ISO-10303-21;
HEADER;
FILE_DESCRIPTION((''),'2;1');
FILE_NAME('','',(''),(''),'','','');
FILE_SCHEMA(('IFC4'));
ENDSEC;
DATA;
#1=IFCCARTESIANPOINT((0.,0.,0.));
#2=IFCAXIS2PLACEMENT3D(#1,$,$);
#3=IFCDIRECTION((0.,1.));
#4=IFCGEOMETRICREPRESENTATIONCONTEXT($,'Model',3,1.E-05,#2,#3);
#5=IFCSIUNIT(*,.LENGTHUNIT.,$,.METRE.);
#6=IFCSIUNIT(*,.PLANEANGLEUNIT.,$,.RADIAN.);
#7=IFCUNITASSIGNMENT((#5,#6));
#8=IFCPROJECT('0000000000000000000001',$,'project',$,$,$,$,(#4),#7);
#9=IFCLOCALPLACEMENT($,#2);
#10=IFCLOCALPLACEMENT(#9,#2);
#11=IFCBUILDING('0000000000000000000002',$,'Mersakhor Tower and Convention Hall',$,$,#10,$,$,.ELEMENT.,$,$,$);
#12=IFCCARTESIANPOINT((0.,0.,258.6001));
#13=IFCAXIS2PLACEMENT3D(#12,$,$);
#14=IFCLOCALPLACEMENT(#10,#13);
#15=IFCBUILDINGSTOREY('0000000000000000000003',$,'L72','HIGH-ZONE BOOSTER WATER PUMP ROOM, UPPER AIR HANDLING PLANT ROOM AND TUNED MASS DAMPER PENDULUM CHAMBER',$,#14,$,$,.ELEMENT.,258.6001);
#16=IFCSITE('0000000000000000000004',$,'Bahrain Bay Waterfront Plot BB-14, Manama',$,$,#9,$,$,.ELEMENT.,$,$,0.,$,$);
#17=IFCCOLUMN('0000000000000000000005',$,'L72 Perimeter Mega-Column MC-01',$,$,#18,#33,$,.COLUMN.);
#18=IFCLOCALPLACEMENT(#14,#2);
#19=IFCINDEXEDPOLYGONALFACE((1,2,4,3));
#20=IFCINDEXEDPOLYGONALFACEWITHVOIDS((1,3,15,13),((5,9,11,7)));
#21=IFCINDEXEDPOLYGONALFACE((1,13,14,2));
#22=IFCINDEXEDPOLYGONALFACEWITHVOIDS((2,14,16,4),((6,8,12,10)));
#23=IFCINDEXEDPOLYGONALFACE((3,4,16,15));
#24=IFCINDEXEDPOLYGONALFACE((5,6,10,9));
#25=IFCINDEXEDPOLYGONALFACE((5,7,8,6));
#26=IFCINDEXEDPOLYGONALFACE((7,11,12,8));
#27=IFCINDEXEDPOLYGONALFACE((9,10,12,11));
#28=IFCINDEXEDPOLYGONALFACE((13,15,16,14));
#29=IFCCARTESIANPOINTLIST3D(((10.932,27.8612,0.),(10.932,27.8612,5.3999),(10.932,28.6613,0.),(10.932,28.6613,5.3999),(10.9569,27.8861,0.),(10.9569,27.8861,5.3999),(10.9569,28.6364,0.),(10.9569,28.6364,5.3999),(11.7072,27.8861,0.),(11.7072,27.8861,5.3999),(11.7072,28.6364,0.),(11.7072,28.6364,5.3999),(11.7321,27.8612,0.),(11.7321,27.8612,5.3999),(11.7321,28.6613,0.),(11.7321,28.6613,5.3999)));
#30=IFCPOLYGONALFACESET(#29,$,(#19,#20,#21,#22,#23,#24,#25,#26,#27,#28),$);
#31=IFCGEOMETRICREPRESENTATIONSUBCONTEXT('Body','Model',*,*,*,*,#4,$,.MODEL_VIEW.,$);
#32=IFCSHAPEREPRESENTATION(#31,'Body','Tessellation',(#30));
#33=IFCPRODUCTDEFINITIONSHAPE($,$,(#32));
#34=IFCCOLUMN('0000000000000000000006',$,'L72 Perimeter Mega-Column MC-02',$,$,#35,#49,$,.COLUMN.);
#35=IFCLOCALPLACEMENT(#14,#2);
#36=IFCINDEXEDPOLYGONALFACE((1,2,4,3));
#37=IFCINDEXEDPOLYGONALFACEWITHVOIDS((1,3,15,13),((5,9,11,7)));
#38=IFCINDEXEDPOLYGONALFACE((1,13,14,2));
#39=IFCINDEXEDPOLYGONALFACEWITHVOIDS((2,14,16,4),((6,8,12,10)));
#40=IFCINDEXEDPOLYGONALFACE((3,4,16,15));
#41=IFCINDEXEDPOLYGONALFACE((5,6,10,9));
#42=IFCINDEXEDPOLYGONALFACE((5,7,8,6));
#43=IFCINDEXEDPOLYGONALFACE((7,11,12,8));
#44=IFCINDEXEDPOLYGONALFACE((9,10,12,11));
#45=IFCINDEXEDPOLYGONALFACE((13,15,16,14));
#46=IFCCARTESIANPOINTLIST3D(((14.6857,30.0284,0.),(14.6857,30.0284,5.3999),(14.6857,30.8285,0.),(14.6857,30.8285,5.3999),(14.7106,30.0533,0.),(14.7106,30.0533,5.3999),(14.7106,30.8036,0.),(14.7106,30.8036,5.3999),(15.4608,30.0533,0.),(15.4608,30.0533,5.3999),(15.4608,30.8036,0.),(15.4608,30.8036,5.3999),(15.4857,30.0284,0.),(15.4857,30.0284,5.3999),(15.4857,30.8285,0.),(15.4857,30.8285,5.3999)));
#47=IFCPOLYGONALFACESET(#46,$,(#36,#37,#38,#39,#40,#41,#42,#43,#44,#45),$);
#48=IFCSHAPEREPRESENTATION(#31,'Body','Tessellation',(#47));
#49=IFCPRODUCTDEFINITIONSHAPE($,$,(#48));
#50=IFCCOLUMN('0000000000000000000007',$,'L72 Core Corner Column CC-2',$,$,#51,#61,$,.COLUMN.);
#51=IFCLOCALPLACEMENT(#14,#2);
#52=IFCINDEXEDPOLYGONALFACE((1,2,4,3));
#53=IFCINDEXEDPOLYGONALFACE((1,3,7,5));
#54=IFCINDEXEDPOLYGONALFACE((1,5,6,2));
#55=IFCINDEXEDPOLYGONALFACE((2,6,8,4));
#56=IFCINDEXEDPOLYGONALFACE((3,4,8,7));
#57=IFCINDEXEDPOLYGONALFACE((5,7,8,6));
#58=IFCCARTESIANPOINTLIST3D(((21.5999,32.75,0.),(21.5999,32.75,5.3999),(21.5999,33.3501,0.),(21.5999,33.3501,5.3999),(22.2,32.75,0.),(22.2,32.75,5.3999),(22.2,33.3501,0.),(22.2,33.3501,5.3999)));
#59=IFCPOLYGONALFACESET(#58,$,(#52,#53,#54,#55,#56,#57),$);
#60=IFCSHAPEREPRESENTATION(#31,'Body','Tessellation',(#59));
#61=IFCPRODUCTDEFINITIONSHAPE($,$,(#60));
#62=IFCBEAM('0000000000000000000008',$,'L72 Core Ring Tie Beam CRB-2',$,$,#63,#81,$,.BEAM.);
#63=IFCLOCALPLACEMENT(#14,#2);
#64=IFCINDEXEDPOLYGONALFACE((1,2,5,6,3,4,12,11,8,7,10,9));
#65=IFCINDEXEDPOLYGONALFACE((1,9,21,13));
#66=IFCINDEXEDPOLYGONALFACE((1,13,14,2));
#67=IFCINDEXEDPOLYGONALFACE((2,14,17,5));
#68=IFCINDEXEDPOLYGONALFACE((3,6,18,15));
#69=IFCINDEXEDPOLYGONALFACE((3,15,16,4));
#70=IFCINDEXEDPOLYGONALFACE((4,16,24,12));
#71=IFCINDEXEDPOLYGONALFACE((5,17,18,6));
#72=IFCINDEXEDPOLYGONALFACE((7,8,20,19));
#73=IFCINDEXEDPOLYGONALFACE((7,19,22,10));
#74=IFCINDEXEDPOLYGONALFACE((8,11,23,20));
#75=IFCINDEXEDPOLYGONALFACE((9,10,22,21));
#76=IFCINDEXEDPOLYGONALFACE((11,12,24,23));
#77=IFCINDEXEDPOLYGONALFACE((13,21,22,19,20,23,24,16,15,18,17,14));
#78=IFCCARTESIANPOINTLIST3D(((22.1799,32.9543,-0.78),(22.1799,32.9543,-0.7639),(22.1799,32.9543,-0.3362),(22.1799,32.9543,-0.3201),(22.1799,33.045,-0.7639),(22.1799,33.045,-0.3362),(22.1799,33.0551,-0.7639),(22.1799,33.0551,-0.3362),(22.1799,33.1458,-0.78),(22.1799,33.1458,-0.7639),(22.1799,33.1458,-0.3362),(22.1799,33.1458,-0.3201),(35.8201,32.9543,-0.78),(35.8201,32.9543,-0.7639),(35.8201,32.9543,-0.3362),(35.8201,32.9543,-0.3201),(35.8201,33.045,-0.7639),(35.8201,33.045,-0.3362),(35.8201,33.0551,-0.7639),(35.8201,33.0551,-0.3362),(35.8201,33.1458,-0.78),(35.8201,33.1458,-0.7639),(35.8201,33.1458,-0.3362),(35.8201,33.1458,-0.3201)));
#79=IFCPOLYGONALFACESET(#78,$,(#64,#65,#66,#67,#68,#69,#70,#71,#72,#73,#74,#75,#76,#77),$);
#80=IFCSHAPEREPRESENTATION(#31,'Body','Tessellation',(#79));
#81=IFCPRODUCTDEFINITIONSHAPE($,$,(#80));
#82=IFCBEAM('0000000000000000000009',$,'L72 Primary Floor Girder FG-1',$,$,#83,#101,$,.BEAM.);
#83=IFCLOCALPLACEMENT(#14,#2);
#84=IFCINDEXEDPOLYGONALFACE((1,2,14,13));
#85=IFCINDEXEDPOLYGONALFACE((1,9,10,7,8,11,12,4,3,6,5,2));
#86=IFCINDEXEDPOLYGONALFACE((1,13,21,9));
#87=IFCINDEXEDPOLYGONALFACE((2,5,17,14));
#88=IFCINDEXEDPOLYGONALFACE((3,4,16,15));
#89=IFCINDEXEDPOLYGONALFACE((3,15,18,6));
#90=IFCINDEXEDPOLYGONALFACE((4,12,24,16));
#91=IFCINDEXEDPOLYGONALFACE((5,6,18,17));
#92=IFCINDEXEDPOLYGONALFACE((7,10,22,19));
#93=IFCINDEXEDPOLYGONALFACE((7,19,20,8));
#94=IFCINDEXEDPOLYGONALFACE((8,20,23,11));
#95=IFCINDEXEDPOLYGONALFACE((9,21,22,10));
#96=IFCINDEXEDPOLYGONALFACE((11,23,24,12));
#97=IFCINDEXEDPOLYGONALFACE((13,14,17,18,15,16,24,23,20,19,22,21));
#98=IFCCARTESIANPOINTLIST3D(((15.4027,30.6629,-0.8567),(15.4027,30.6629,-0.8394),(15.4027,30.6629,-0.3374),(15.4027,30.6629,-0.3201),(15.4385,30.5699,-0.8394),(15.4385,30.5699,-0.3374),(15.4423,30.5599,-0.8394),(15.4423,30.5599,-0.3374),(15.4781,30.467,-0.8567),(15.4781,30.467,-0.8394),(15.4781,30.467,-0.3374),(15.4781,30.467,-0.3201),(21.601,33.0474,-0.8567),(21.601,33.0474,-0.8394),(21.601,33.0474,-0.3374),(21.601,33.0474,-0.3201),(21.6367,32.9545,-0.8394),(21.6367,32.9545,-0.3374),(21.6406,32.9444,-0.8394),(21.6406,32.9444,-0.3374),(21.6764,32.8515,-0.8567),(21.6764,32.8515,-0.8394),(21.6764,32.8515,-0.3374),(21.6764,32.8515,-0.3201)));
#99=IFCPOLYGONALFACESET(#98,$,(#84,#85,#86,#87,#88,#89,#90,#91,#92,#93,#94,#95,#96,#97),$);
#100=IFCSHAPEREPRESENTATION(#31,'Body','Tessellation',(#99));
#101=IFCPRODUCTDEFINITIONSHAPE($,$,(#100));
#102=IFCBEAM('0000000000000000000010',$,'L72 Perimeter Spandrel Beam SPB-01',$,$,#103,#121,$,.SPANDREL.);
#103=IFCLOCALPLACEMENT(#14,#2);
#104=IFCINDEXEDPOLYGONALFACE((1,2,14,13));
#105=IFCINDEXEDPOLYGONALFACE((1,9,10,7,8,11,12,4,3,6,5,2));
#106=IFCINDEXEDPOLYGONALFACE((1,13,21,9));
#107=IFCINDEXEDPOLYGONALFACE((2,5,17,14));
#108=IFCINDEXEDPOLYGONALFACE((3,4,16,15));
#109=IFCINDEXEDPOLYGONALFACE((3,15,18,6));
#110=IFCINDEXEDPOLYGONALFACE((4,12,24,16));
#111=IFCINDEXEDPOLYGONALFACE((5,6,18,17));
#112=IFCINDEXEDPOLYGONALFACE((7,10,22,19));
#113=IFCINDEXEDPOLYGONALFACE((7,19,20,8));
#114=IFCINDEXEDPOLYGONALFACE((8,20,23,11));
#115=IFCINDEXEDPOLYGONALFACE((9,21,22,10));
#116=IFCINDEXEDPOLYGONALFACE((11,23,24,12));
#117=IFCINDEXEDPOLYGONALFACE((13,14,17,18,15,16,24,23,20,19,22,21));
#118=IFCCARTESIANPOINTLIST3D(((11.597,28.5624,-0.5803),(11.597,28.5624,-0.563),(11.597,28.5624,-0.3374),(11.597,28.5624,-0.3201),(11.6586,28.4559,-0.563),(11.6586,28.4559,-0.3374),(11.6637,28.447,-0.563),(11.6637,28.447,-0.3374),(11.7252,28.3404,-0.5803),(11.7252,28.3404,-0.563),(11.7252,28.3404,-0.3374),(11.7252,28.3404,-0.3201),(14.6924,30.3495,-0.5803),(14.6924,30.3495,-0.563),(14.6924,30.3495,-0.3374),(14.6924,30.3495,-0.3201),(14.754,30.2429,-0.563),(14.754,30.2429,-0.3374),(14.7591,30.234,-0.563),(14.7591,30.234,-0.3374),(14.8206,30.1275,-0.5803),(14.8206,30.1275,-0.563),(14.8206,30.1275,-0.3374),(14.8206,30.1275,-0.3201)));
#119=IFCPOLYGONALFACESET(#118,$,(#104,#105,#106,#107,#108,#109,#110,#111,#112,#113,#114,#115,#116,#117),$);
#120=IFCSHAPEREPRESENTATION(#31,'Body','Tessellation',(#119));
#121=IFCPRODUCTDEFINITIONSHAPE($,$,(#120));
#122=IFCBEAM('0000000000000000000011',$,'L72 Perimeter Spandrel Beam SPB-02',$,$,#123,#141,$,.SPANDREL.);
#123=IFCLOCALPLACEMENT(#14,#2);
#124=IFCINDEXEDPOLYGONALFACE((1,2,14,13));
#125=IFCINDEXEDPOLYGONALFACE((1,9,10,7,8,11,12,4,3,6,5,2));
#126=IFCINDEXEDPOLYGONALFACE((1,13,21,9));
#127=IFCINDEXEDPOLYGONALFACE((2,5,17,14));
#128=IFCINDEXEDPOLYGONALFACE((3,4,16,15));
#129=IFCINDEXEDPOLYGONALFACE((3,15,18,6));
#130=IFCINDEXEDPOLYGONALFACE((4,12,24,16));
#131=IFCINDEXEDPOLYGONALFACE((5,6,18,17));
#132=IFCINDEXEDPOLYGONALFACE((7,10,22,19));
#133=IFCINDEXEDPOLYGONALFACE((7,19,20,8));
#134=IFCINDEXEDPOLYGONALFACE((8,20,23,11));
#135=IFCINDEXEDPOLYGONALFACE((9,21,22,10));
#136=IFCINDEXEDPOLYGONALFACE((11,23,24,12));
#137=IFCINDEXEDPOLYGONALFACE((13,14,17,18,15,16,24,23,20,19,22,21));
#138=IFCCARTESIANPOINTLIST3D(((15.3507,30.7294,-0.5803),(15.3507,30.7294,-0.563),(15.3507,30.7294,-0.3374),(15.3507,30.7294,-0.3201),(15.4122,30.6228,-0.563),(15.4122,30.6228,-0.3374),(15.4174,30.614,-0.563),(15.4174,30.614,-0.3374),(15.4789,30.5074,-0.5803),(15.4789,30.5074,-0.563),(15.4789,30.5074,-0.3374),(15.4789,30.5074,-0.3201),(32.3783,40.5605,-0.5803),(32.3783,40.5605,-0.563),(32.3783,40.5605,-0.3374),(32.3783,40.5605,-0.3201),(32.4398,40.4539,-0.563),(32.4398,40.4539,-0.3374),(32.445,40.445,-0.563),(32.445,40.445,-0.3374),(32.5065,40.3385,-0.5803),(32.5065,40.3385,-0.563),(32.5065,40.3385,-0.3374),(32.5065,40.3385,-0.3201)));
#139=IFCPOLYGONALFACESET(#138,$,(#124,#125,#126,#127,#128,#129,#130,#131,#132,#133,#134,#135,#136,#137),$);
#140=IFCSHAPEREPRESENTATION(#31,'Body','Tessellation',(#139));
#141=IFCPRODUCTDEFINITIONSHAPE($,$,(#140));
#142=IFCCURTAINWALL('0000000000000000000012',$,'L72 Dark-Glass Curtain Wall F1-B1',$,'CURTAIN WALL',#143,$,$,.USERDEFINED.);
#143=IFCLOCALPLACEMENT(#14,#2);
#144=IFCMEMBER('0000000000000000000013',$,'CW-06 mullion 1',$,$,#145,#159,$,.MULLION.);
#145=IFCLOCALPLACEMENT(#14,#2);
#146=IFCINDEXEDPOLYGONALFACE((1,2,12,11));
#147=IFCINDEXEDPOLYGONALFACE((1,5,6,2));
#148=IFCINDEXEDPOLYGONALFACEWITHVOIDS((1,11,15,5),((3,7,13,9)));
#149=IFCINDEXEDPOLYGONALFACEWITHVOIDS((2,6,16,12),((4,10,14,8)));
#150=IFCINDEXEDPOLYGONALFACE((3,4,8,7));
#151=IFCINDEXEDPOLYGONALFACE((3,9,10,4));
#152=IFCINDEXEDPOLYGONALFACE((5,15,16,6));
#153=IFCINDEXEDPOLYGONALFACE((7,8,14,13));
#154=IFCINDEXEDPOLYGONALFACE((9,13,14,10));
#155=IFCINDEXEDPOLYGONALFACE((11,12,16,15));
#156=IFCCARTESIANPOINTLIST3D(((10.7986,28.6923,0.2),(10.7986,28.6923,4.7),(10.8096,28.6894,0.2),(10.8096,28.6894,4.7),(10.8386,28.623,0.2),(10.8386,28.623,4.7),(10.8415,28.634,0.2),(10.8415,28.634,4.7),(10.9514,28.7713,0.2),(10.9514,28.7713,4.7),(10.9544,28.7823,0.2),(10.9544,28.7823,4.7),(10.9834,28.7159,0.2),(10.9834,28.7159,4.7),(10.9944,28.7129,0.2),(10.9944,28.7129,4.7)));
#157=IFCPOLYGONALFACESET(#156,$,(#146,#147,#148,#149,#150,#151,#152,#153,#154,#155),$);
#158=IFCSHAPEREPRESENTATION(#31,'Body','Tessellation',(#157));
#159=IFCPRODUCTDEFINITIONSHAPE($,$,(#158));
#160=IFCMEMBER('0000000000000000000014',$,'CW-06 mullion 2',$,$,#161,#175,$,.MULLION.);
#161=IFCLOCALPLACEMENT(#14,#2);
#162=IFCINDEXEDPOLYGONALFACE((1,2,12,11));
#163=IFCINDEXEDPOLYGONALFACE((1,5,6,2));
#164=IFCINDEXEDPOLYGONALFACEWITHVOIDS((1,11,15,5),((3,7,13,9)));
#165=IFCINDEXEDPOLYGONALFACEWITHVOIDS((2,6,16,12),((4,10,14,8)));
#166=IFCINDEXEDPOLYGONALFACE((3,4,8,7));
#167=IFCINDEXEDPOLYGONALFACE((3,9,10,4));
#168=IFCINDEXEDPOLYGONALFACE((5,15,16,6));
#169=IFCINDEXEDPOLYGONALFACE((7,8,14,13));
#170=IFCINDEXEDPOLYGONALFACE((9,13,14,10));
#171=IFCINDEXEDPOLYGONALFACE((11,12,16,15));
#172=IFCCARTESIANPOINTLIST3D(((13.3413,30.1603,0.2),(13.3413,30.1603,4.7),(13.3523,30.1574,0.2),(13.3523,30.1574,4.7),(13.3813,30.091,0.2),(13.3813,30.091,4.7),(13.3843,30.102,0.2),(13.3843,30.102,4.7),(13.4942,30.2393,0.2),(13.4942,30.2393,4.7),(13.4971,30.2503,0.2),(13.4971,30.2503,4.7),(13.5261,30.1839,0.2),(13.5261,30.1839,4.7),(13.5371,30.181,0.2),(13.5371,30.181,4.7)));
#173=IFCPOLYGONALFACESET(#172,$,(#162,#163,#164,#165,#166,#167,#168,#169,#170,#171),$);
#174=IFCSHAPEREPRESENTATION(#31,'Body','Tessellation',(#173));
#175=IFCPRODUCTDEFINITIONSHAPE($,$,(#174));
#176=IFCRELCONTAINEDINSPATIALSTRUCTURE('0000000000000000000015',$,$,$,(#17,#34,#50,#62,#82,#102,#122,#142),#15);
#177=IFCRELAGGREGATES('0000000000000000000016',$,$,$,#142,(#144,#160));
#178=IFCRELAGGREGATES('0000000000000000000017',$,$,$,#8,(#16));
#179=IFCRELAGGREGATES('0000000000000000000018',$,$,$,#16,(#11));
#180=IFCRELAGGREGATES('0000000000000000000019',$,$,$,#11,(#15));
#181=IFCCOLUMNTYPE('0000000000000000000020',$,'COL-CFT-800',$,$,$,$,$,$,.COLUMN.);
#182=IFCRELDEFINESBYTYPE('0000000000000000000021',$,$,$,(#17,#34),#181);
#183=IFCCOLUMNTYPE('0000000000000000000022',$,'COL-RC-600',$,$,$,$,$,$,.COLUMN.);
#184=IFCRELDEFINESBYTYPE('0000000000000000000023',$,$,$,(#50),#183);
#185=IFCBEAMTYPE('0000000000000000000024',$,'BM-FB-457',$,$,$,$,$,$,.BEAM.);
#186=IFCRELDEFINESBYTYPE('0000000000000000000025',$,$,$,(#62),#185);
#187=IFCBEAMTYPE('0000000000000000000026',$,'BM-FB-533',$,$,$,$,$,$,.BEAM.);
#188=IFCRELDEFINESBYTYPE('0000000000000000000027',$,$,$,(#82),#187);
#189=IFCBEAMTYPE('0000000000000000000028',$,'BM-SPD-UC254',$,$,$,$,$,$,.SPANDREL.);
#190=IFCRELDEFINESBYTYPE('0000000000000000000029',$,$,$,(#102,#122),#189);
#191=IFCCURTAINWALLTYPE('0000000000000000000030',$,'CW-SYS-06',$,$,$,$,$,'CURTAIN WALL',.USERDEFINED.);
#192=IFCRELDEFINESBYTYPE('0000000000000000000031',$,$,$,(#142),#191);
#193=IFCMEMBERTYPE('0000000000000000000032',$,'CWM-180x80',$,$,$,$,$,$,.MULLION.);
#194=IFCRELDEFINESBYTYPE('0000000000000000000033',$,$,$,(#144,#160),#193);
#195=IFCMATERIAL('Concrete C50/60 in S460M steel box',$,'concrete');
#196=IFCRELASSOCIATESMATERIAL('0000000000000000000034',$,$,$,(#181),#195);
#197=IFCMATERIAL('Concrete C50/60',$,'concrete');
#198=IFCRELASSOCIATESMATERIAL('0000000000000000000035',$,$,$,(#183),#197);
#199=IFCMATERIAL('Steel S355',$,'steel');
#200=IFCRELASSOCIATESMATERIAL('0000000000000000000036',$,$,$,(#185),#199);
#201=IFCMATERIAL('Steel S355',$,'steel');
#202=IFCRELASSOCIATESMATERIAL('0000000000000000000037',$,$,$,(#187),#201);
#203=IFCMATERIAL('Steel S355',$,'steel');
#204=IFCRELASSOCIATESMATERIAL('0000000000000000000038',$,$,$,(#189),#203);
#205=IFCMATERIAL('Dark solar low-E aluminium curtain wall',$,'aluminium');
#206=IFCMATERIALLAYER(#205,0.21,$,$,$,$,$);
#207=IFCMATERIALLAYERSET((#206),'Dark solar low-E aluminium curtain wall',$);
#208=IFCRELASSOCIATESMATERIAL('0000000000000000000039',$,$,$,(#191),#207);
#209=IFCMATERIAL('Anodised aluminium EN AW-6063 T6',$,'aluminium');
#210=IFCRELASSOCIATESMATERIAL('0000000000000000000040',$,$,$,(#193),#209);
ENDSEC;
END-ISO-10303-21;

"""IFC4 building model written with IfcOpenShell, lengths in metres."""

from ifc_helpers import new_model, si_unit, direction, frame, origin, origin_2d, place, context, subcontext, project, spatial, rectangle, hollow_rectangle, i_section, extrude, material, layer, layer_set, material_profile, profile_set, type_object, element, aggregate, save


model = new_model("IFC4")

# Units and contexts
model_context = context("Model", 3, precision=1e-05, world=origin(), true_north=direction((0.0, 1.0)))
body_context = subcontext(model_context, "Body", "Model", "MODEL_VIEW")
ifc_project = project(units=[si_unit("LENGTHUNIT", "METRE"), si_unit("PLANEANGLEUNIT", "RADIAN")], contexts=[model_context])

# Site, building, storey
site_placement = place(None, origin())
site = spatial("IfcSite", under=ifc_project, at=site_placement, Name="Bahrain Bay Waterfront Plot BB-14, Manama", CompositionType="ELEMENT", RefElevation=0.0)
building_placement = place(site_placement, origin())
building = spatial("IfcBuilding", under=site, at=building_placement, Name="Mersakhor Tower and Convention Hall", CompositionType="ELEMENT")
storey_placement = place(building_placement, frame((0.0, 0.0, 258.6001)))
storey = spatial("IfcBuildingStorey", under=building, at=storey_placement, Name="L72", Description="HIGH-ZONE BOOSTER WATER PUMP ROOM, UPPER AIR HANDLING PLANT ROOM AND TUNED MASS DAMPER PENDULUM CHAMBER", CompositionType="ELEMENT", Elevation=258.6001)

# Columns
ifc_material_1 = material(Name="Concrete C50/60 in S460M steel box", Category="concrete")
ifc_material_profile_1 = material_profile(ifc_material_1, hollow_rectangle(XDim=0.8, YDim=0.8, WallThickness=0.0249, at=origin_2d()), Name="SHS 800x800x25")
ifc_profile_set_1 = profile_set([ifc_material_profile_1], Name="Concrete C50/60 in S460M steel box")
column_type_1 = type_object("IfcColumnType", Name="COL-CFT-800", PredefinedType="COLUMN", material=ifc_profile_set_1)
for number, where, z_axis, x_axis, name in (
    (1, (11.332, 28.2612, 0.0), (0.0, 0.0, 1.0), (1.0, 0.0, 0.0), "L72 Perimeter Mega-Column MC-01"),
    (2, (15.0857, 30.4285, 0.0), (0.0, 0.0, 1.0), (1.0, 0.0, 0.0), "L72 Perimeter Mega-Column MC-02"),
):
    element("IfcColumn", number, at=place(storey_placement, frame(where, z_axis=z_axis, x_axis=x_axis)), inside=storey, type_object=column_type_1, Name=name, PredefinedType="COLUMN", context=body_context, shape_type="SweptSolid", body=[
        extrude(hollow_rectangle(XDim=0.8, YDim=0.8, WallThickness=0.0249, at=origin_2d()), origin(), (0.0, 0.0, 1.0), 5.3999),
    ])
ifc_material_2 = material(Name="Concrete C50/60", Category="concrete")
ifc_material_profile_2 = material_profile(ifc_material_2, rectangle(XDim=0.6001, YDim=0.6001, at=origin_2d()), Name="RC 600x600")
ifc_profile_set_2 = profile_set([ifc_material_profile_2], Name="Concrete C50/60")
column_type_2 = type_object("IfcColumnType", Name="COL-RC-600", PredefinedType="COLUMN", material=ifc_profile_set_2)
column_placement = place(storey_placement, frame((21.8999, 33.05, 0.0), z_axis=(0.0, 0.0, 1.0), x_axis=(1.0, 0.0, 0.0)))
element("IfcColumn", 3, at=column_placement, inside=storey, type_object=column_type_2, Name="L72 Core Corner Column CC-2", PredefinedType="COLUMN", context=body_context, shape_type="SweptSolid", body=[
    extrude(rectangle(XDim=0.6001, YDim=0.6001, at=origin_2d()), origin(), (0.0, 0.0, 1.0), 5.3999),
])

# Beams
ifc_material_3 = material(Name="Steel S355", Category="steel")
ifc_material_profile_3 = material_profile(ifc_material_3, i_section(OverallWidth=0.1914, OverallDepth=0.46, WebThickness=0.01, FlangeThickness=0.0161, at=origin_2d()), Name="UB 457x191x82")
ifc_profile_set_3 = profile_set([ifc_material_profile_3], Name="Steel S355")
beam_type_1 = type_object("IfcBeamType", Name="BM-FB-457", PredefinedType="BEAM", material=ifc_profile_set_3)
beam_1_placement = place(storey_placement, frame((22.1799, 33.05, -0.55), z_axis=(1.0, 0.0, 0.0), x_axis=(0.0, 1.0, 0.0)))
element("IfcBeam", 4, at=beam_1_placement, inside=storey, type_object=beam_type_1, Name="L72 Core Ring Tie Beam CRB-2", PredefinedType="BEAM", context=body_context, shape_type="SweptSolid", body=[
    extrude(i_section(OverallWidth=0.1914, OverallDepth=0.46, WebThickness=0.01, FlangeThickness=0.0161, at=origin_2d()), origin(), (0.0, 0.0, 1.0), 13.6401),
])
ifc_material_4 = material(Name="Steel S355", Category="steel")
ifc_material_profile_4 = material_profile(ifc_material_4, i_section(OverallWidth=0.21, OverallDepth=0.5366, WebThickness=0.0107, FlangeThickness=0.0173, at=origin_2d()), Name="UB 533x210x101")
ifc_profile_set_4 = profile_set([ifc_material_profile_4], Name="Steel S355")
beam_type_2 = type_object("IfcBeamType", Name="BM-FB-533", PredefinedType="BEAM", material=ifc_profile_set_4)
beam_2_placement = place(storey_placement, frame((21.6387, 32.9495, -0.5884), z_axis=(-0.933316, -0.359055, 0.0), x_axis=(0.359055, -0.933316, 0.0)))
element("IfcBeam", 5, at=beam_2_placement, inside=storey, type_object=beam_type_2, Name="L72 Primary Floor Girder FG-1", PredefinedType="BEAM", context=body_context, shape_type="SweptSolid", body=[
    extrude(i_section(OverallWidth=0.21, OverallDepth=0.5366, WebThickness=0.0107, FlangeThickness=0.0173, at=origin_2d()), origin(), (0.0, 0.0, 1.0), 6.6411),
])
ifc_material_5 = material(Name="Steel S355", Category="steel")
ifc_material_profile_5 = material_profile(ifc_material_5, i_section(OverallWidth=0.2563, OverallDepth=0.2603, WebThickness=0.0103, FlangeThickness=0.0173, at=origin_2d()), Name="UC 254x254x89")
ifc_profile_set_5 = profile_set([ifc_material_profile_5], Name="Steel S355")
beam_type_3 = type_object("IfcBeamType", Name="BM-SPD-UC254", PredefinedType="SPANDREL", material=ifc_profile_set_5)
beam_3_placement = place(storey_placement, frame((11.6611, 28.4514, -0.4502), z_axis=(0.866032, 0.499989, 0.0), x_axis=(-0.499989, 0.866032, 0.0)))
element("IfcBeam", 6, at=beam_3_placement, inside=storey, type_object=beam_type_3, Name="L72 Perimeter Spandrel Beam SPB-01", PredefinedType="SPANDREL", context=body_context, shape_type="SweptSolid", body=[
    extrude(i_section(OverallWidth=0.2563, OverallDepth=0.2603, WebThickness=0.0103, FlangeThickness=0.0173, at=origin_2d()), origin(), (0.0, 0.0, 1.0), 3.5742),
])
beam_4_placement = place(storey_placement, frame((15.4148, 30.6184, -0.4502), z_axis=(0.866022, 0.500007, 0.0), x_axis=(-0.500007, 0.866022, 0.0)))
element("IfcBeam", 7, at=beam_4_placement, inside=storey, type_object=beam_type_3, Name="L72 Perimeter Spandrel Beam SPB-02", PredefinedType="SPANDREL", context=body_context, shape_type="SweptSolid", body=[
    extrude(i_section(OverallWidth=0.2563, OverallDepth=0.2603, WebThickness=0.0103, FlangeThickness=0.0173, at=origin_2d()), origin(), (0.0, 0.0, 1.0), 19.6619),
])

# Curtain wall, members
ifc_material_6 = material(Name="Dark solar low-E aluminium curtain wall", Category="aluminium")
ifc_layer_1 = layer(ifc_material_6, 0.21)
ifc_layer_set_1 = layer_set([ifc_layer_1], Name="Dark solar low-E aluminium curtain wall")
curtain_wall_type = type_object("IfcCurtainWallType", Name="CW-SYS-06", ElementType="CURTAIN WALL", PredefinedType="USERDEFINED", material=ifc_layer_set_1)
curtain_wall_1_placement = place(storey_placement, origin())
curtain_wall_1 = element("IfcCurtainWall", 8, at=curtain_wall_1_placement, inside=storey, type_object=curtain_wall_type, Name="L72 Dark-Glass Curtain Wall F1-B1", ObjectType="CURTAIN WALL", PredefinedType="USERDEFINED")
ifc_material_7 = material(Name="Anodised aluminium EN AW-6063 T6", Category="aluminium")
ifc_material_profile_6 = material_profile(ifc_material_7, hollow_rectangle(XDim=0.0801, YDim=0.1799, WallThickness=0.0081, at=origin_2d()), Name="RHS 180x80x8")
ifc_profile_set_6 = profile_set([ifc_material_profile_6], Name="Anodised aluminium EN AW-6063 T6")
member_type_1 = type_object("IfcMemberType", Name="CWM-180x80", PredefinedType="MULLION", material=ifc_profile_set_6)
member_1_placement = place(storey_placement, frame((10.8965, 28.7026, 0.2), z_axis=(0.0, 0.0, 1.0), x_axis=(-0.5, 0.866025, 0.0)))
member_1 = element("IfcMember", 9, at=member_1_placement, type_object=member_type_1, Name="CW-06 mullion 1", PredefinedType="MULLION", context=body_context, shape_type="SweptSolid", body=[
    extrude(hollow_rectangle(XDim=0.0801, YDim=0.1799, WallThickness=0.0081, at=origin_2d()), origin(), (0.0, 0.0, 1.0), 4.5),
])
member_2_placement = place(storey_placement, frame((13.4392, 30.1707, 0.2), z_axis=(0.0, 0.0, 1.0), x_axis=(-0.5, 0.866025, 0.0)))
member_2 = element("IfcMember", 10, at=member_2_placement, type_object=member_type_1, Name="CW-06 mullion 2", PredefinedType="MULLION", context=body_context, shape_type="SweptSolid", body=[
    extrude(hollow_rectangle(XDim=0.0801, YDim=0.1799, WallThickness=0.0081, at=origin_2d()), origin(), (0.0, 0.0, 1.0), 4.5),
])

aggregate(curtain_wall_1, [member_1, member_2])

save(model, "model.ifc")
